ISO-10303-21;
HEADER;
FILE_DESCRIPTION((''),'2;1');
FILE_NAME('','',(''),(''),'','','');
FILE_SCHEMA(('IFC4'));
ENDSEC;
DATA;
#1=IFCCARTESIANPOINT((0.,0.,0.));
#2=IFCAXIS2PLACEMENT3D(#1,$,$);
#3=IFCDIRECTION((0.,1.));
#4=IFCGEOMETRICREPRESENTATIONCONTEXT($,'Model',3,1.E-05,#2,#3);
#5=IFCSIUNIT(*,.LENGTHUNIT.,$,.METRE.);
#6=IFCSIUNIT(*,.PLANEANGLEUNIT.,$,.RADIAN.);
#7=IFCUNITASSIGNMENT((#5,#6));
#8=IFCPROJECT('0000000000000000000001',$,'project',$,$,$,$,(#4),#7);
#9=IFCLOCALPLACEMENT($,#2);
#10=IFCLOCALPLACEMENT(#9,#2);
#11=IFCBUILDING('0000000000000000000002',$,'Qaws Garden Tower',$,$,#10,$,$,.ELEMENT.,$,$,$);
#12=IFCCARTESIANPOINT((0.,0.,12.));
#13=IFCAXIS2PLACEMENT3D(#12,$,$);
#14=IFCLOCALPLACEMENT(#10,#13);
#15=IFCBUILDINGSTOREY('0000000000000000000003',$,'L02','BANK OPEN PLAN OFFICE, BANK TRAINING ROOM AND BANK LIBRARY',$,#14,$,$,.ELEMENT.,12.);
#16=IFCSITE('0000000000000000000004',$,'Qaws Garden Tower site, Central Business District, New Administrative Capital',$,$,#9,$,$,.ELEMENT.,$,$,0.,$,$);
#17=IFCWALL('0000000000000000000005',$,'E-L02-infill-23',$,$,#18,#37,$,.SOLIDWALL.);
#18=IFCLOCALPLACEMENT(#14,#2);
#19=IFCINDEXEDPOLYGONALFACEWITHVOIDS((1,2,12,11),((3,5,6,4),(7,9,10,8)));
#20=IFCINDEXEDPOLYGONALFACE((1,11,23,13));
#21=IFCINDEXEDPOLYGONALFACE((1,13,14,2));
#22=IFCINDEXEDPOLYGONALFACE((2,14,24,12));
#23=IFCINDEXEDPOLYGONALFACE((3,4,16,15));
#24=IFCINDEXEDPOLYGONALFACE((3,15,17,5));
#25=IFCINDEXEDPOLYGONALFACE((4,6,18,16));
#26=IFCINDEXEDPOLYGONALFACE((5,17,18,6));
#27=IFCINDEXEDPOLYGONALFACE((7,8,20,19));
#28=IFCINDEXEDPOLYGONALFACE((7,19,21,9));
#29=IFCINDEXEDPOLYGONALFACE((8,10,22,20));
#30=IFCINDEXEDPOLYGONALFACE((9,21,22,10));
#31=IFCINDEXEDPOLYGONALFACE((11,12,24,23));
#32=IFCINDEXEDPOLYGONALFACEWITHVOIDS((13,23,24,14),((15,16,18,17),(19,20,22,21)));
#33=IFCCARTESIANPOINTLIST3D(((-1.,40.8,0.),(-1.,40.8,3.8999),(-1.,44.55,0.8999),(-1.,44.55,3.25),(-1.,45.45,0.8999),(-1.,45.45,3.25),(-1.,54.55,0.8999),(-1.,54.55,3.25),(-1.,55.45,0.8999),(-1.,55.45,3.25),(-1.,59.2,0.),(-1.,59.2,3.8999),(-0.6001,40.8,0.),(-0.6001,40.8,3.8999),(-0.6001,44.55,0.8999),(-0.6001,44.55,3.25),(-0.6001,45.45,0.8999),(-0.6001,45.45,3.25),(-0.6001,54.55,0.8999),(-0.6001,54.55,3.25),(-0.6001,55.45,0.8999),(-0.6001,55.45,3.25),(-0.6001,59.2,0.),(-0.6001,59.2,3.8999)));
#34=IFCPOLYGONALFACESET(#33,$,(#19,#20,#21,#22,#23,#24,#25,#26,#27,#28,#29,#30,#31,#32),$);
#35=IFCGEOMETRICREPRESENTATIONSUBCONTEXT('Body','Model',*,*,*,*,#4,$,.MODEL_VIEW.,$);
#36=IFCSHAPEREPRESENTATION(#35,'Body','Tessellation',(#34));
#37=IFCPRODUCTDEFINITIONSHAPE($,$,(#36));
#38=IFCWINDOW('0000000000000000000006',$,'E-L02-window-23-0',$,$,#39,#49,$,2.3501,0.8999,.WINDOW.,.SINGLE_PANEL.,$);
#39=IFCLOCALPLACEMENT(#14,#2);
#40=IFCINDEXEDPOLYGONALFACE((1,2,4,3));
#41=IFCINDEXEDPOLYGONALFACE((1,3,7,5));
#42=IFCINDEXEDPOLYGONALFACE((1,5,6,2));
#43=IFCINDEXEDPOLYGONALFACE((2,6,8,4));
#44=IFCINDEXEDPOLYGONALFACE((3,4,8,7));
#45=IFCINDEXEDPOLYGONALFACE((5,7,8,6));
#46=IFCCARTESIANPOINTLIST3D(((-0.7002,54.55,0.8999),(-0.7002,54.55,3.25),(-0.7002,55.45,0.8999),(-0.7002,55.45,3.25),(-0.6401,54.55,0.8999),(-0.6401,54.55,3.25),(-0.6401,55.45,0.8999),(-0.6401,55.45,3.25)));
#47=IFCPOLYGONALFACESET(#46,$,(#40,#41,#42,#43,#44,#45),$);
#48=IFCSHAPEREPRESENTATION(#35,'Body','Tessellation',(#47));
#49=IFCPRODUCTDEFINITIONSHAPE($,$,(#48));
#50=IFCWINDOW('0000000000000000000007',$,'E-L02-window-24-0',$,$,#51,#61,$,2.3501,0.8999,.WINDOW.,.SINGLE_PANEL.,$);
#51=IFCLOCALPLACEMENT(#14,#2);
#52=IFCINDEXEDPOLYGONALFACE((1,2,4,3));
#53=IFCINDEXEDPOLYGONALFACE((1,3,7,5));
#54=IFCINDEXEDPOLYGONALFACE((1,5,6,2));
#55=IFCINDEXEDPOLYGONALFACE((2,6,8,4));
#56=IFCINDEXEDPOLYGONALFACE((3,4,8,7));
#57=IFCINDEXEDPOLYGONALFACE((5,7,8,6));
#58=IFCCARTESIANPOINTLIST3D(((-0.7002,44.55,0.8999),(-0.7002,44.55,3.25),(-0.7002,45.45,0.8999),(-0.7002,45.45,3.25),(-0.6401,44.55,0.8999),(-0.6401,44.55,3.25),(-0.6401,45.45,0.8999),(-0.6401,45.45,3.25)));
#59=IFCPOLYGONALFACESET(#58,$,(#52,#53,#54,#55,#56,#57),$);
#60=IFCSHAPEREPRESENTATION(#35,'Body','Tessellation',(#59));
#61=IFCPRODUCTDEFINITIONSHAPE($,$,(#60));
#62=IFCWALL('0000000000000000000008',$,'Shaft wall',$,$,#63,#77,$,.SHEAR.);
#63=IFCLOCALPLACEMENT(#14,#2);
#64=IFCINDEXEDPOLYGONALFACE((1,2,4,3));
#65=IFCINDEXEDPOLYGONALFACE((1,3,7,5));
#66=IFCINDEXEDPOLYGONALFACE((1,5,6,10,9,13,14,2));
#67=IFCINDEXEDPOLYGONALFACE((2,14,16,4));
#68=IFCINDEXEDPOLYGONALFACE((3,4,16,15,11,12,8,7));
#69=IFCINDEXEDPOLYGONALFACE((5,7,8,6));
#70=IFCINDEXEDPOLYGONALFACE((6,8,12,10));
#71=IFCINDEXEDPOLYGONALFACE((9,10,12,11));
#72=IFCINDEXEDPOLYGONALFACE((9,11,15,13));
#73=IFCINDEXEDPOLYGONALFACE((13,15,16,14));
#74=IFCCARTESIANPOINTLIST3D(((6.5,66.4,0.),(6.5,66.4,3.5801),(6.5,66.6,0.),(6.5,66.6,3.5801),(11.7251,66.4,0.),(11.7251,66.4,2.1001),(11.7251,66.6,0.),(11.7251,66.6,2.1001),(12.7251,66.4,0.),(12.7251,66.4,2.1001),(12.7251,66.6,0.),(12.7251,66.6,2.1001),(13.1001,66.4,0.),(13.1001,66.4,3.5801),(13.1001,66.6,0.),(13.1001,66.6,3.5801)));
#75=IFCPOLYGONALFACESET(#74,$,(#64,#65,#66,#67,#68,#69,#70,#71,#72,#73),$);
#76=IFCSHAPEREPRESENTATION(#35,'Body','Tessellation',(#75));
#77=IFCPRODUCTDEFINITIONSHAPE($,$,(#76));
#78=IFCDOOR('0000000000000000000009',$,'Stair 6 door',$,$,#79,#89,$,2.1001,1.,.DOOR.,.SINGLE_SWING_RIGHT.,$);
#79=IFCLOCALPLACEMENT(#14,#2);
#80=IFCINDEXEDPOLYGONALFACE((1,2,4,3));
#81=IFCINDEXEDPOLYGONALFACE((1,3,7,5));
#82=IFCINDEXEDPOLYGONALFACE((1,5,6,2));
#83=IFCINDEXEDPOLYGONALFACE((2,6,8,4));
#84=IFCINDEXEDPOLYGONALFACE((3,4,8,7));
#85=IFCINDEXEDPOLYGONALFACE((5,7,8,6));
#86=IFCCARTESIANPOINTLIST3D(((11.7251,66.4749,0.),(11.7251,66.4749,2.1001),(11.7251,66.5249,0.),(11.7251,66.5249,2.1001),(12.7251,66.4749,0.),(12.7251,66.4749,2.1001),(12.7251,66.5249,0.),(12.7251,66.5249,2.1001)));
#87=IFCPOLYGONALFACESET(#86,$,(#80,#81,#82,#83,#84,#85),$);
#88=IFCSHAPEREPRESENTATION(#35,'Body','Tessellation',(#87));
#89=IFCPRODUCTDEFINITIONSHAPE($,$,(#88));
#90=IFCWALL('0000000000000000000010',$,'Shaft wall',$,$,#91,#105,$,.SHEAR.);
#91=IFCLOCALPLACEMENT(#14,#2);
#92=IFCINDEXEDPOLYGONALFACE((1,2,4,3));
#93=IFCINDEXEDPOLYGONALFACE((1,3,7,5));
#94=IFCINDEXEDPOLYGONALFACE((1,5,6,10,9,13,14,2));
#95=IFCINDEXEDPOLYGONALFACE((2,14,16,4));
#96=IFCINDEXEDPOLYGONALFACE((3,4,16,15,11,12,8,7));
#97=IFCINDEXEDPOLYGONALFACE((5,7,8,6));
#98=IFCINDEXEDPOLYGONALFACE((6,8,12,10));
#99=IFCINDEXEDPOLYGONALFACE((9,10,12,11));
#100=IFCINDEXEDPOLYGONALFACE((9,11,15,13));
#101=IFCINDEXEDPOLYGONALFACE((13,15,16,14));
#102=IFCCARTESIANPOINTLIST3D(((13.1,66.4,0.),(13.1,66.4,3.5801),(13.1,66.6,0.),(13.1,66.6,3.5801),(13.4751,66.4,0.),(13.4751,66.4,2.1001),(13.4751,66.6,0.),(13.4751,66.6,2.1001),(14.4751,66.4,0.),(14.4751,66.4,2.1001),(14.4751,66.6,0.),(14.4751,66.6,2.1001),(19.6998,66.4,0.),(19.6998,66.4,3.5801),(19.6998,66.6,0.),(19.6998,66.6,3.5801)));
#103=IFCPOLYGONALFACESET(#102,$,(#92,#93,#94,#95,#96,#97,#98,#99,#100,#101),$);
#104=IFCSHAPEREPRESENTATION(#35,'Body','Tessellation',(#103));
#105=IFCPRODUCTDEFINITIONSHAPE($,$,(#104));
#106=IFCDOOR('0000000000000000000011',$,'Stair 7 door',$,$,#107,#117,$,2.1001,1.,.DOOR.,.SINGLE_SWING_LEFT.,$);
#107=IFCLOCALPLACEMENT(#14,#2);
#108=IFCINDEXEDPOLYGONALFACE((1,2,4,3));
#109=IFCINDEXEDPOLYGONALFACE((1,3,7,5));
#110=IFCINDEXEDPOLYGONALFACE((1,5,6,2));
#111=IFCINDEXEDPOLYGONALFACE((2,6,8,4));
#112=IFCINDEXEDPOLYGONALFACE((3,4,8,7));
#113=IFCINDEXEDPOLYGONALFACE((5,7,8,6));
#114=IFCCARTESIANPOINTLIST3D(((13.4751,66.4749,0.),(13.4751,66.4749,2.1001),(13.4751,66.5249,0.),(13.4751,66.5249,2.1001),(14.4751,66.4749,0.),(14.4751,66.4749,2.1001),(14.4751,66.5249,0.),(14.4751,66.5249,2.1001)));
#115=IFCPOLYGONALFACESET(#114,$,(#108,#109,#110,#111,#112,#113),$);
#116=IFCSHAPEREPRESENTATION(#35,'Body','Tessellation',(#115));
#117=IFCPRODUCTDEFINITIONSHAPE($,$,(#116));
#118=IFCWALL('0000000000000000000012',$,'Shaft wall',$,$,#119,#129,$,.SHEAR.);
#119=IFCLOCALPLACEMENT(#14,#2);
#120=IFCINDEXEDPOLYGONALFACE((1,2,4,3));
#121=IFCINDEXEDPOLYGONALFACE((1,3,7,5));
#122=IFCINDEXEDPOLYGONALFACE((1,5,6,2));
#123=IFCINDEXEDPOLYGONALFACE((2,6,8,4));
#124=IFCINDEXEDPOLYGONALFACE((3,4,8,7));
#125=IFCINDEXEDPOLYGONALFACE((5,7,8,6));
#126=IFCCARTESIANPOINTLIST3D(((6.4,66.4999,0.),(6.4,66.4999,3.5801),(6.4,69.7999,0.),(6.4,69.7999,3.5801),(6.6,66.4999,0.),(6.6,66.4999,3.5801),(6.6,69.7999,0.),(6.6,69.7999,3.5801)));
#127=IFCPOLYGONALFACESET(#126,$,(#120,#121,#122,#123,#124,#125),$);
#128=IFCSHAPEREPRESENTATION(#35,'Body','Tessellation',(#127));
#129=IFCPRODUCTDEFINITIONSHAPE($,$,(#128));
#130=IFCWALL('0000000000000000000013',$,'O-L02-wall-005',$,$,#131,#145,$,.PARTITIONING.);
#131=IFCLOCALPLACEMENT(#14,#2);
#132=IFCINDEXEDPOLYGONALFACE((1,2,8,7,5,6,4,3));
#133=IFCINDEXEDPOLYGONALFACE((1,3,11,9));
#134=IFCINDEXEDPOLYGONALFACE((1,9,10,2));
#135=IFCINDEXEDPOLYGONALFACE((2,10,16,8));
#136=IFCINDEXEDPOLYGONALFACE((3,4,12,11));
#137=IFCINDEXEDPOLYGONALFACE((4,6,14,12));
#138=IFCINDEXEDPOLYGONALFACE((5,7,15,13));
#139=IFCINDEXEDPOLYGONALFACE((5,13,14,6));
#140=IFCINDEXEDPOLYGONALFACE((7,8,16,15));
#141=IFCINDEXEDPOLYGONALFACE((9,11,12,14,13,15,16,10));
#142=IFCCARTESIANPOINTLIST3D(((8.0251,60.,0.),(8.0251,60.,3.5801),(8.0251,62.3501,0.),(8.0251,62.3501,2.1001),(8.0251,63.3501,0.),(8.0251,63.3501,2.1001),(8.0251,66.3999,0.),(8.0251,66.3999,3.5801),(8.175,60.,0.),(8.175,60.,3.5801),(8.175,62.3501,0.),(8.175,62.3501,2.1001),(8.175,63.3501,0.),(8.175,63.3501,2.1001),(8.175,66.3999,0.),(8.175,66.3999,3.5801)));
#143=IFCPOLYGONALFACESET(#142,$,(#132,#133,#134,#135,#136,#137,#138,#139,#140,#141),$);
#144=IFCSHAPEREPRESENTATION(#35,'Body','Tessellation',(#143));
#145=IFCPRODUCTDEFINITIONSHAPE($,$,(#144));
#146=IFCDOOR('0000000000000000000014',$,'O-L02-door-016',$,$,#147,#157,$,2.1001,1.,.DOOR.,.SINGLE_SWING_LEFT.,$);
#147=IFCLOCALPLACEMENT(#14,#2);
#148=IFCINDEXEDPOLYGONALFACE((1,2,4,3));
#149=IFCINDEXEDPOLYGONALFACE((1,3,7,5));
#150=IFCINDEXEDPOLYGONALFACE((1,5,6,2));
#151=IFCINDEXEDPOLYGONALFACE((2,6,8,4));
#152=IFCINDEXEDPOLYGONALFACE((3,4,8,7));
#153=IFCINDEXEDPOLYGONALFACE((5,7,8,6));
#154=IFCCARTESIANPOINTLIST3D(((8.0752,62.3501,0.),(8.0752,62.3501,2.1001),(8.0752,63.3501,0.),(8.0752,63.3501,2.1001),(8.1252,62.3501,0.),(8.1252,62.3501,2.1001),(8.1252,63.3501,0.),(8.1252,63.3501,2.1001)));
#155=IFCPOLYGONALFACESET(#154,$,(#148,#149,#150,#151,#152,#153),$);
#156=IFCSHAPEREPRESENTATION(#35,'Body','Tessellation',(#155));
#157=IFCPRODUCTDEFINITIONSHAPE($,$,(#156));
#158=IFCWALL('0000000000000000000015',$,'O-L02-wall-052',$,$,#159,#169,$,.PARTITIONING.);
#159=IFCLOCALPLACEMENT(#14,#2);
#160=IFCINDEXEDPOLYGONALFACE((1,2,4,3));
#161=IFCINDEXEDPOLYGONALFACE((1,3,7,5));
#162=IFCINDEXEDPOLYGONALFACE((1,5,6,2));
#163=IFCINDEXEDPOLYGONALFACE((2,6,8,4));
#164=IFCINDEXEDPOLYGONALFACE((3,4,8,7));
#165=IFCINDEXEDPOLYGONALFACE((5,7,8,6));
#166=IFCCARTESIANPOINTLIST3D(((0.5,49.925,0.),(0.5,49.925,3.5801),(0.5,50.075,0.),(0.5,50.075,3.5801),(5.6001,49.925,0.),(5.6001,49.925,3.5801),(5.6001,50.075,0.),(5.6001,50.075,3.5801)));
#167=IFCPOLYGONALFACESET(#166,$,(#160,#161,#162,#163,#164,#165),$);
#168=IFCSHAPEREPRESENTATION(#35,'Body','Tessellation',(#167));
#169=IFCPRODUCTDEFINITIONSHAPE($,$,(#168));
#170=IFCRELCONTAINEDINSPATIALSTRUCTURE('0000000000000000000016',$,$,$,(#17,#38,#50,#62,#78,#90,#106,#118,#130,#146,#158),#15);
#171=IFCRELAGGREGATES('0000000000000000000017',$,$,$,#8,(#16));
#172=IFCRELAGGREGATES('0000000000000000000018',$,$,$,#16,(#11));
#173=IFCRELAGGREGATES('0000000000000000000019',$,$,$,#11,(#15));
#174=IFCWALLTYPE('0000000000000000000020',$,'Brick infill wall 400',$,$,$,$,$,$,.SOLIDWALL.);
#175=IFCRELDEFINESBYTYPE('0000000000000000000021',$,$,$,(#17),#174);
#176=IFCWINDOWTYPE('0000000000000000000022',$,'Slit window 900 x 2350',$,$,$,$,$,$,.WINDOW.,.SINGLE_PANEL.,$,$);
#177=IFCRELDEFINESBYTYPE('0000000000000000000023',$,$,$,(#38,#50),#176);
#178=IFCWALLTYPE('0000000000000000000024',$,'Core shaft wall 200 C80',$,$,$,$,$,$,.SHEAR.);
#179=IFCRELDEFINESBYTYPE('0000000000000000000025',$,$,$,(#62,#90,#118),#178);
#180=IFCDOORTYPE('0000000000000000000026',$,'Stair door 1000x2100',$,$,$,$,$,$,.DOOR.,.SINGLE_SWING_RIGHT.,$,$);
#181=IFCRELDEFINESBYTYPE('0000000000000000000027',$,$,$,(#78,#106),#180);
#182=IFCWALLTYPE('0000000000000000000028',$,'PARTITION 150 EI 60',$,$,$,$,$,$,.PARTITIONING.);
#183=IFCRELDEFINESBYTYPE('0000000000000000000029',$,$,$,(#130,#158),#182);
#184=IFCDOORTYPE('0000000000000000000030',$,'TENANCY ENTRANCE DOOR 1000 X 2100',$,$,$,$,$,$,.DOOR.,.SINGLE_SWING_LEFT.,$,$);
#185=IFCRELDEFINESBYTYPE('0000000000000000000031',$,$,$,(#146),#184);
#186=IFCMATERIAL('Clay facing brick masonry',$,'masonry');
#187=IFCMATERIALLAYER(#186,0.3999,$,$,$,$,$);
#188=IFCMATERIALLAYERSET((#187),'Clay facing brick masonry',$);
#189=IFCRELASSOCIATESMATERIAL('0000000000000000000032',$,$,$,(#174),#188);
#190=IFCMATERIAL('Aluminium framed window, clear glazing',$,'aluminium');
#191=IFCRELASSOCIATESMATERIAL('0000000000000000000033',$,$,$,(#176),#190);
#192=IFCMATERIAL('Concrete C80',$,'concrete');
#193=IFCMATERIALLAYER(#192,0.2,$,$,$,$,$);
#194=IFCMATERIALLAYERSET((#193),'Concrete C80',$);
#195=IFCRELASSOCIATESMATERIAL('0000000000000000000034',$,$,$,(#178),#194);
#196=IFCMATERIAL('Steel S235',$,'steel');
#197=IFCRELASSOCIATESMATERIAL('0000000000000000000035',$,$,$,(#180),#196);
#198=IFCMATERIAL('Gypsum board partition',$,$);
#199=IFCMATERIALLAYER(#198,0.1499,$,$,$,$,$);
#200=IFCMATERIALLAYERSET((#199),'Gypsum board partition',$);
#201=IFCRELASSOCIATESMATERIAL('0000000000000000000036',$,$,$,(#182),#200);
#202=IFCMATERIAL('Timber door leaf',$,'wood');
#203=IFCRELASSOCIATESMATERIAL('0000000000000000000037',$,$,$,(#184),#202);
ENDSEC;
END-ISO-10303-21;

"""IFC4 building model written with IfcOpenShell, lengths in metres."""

from ifc_helpers import new_model, si_unit, direction, frame, frame_2d, origin, place, context, subcontext, project, spatial, rectangle, extrude, material, layer, layer_set, type_object, element, fill, save


model = new_model("IFC4")

# Units and contexts
model_context = context("Model", 3, precision=1e-05, world=origin(), true_north=direction((0.0, 1.0)))
body_context = subcontext(model_context, "Body", "Model", "MODEL_VIEW")
ifc_project = project(units=[si_unit("LENGTHUNIT", "METRE"), si_unit("PLANEANGLEUNIT", "RADIAN")], contexts=[model_context])

# Site, building, storey
site_placement = place(None, origin())
site = spatial("IfcSite", under=ifc_project, at=site_placement, Name="Qaws Garden Tower site, Central Business District, New Administrative Capital", CompositionType="ELEMENT", RefElevation=0.0)
building_placement = place(site_placement, origin())
building = spatial("IfcBuilding", under=site, at=building_placement, Name="Qaws Garden Tower", CompositionType="ELEMENT")
storey_placement = place(building_placement, frame((0.0, 0.0, 12.0)))
storey = spatial("IfcBuildingStorey", under=building, at=storey_placement, Name="L02", Description="BANK OPEN PLAN OFFICE, BANK TRAINING ROOM AND BANK LIBRARY", CompositionType="ELEMENT", Elevation=12.0)

# Shared definitions
ifc_material_1 = material(Name="Clay facing brick masonry", Category="masonry")
ifc_layer_1 = layer(ifc_material_1, 0.3999)
ifc_layer_set_1 = layer_set([ifc_layer_1], Name="Clay facing brick masonry")
wall_type_1 = type_object("IfcWallType", Name="Brick infill wall 400", PredefinedType="SOLIDWALL", material=ifc_layer_set_1)

# Wall, openings, windows
wall_1_placement = place(storey_placement, frame((-0.8, 59.2, 0.0), z_axis=(0.0, 0.0, 1.0), x_axis=(0.0, -1.0, 0.0)))
wall_1 = element("IfcWall", 1, at=wall_1_placement, inside=storey, type_object=wall_type_1, Name="E-L02-infill-23", PredefinedType="SOLIDWALL", context=body_context, shape_type="SweptSolid", body=[
    extrude(rectangle(XDim=18.3999, YDim=0.3999, at=frame_2d((9.2, 0.0))), origin(), (0.0, 0.0, 1.0), 3.8999),
])
opening_1_placement = place(wall_1_placement, frame((3.75, 0.0, 0.8999)))
opening_1 = element("IfcOpeningElement", 2, at=opening_1_placement, cuts=wall_1, PredefinedType="OPENING", context=body_context, shape_type="SweptSolid", body=[
    extrude(rectangle(XDim=0.8999, YDim=2.3501, at=frame_2d((0.45, 1.175))), frame((0.0, 0.21, 0.0), z_axis=(0.0, -1.0, 0.0), x_axis=(1.0, 0.0, 0.0)), (0.0, 0.0, 1.0), 0.4199),
])
opening_2_placement = place(wall_1_placement, frame((13.75, 0.0, 0.8999)))
opening_2 = element("IfcOpeningElement", 3, at=opening_2_placement, cuts=wall_1, PredefinedType="OPENING", context=body_context, shape_type="SweptSolid", body=[
    extrude(rectangle(XDim=0.8999, YDim=2.3501, at=frame_2d((0.45, 1.175))), frame((0.0, 0.21, 0.0), z_axis=(0.0, -1.0, 0.0), x_axis=(1.0, 0.0, 0.0)), (0.0, 0.0, 1.0), 0.4199),
])
ifc_material_2 = material(Name="Aluminium framed window, clear glazing", Category="aluminium")
window_type_1 = type_object("IfcWindowType", Name="Slit window 900 x 2350", PartitioningType="SINGLE_PANEL", PredefinedType="WINDOW", material=ifc_material_2)
window_1_placement = place(opening_1_placement, origin())
window_1 = element("IfcWindow", 4, at=window_1_placement, inside=storey, type_object=window_type_1, Name="E-L02-window-23-0", OverallHeight=2.3501, OverallWidth=0.8999, PartitioningType="SINGLE_PANEL", PredefinedType="WINDOW", context=body_context, shape_type="SweptSolid", body=[
    extrude(rectangle(XDim=0.8999, YDim=2.3501, at=frame_2d((0.45, 1.175))), frame((0.0, 0.1599, 0.0), z_axis=(0.0, -1.0, 0.0), x_axis=(1.0, 0.0, 0.0)), (0.0, 0.0, 1.0), 0.0601),
])
fill(opening_1, window_1)
window_2_placement = place(opening_2_placement, origin())
window_2 = element("IfcWindow", 5, at=window_2_placement, inside=storey, type_object=window_type_1, Name="E-L02-window-24-0", OverallHeight=2.3501, OverallWidth=0.8999, PartitioningType="SINGLE_PANEL", PredefinedType="WINDOW", context=body_context, shape_type="SweptSolid", body=[
    extrude(rectangle(XDim=0.8999, YDim=2.3501, at=frame_2d((0.45, 1.175))), frame((0.0, 0.1599, 0.0), z_axis=(0.0, -1.0, 0.0), x_axis=(1.0, 0.0, 0.0)), (0.0, 0.0, 1.0), 0.0601),
])
fill(opening_2, window_2)

# Walls, openings, doors
ifc_material_3 = material(Name="Concrete C80", Category="concrete")
ifc_layer_2 = layer(ifc_material_3, 0.2)
ifc_layer_set_2 = layer_set([ifc_layer_2], Name="Concrete C80")
wall_type_2 = type_object("IfcWallType", Name="Core shaft wall 200 C80", PredefinedType="SHEAR", material=ifc_layer_set_2)
wall_2_placement = place(storey_placement, frame((6.5, 66.5, 0.0), z_axis=(0.0, 0.0, 1.0), x_axis=(1.0, 0.0, 0.0)))
wall_2 = element("IfcWall", 6, at=wall_2_placement, inside=storey, type_object=wall_type_2, Name="Shaft wall", PredefinedType="SHEAR", context=body_context, shape_type="SweptSolid", body=[
    extrude(rectangle(XDim=6.6001, YDim=0.2, at=frame_2d((3.3, 0.0))), origin(), (0.0, 0.0, 1.0), 3.5801),
])
opening_3_placement = place(wall_2_placement, frame((5.2251, 0.0, 0.0)))
opening_3 = element("IfcOpeningElement", 7, at=opening_3_placement, cuts=wall_2, PredefinedType="OPENING", context=body_context, shape_type="SweptSolid", body=[
    extrude(rectangle(XDim=1.0, YDim=2.1001, at=frame_2d((0.5, 1.05))), frame((0.0, 0.1099, 0.0), z_axis=(0.0, -1.0, 0.0), x_axis=(1.0, 0.0, 0.0)), (0.0, 0.0, 1.0), 0.22),
])
ifc_material_4 = material(Name="Steel S235", Category="steel")
door_type_1 = type_object("IfcDoorType", Name="Stair door 1000x2100", OperationType="SINGLE_SWING_RIGHT", PredefinedType="DOOR", material=ifc_material_4)
door_1_placement = place(opening_3_placement, origin())
door_1 = element("IfcDoor", 8, at=door_1_placement, inside=storey, type_object=door_type_1, Name="Stair 6 door", OperationType="SINGLE_SWING_RIGHT", OverallHeight=2.1001, OverallWidth=1.0, PredefinedType="DOOR", context=body_context, shape_type="SweptSolid", body=[
    extrude(rectangle(XDim=1.0, YDim=2.1001, at=frame_2d((0.5, 1.05))), frame((0.0, 0.0249, 0.0), z_axis=(0.0, -1.0, 0.0), x_axis=(1.0, 0.0, 0.0)), (0.0, 0.0, 1.0), 0.05),
])
fill(opening_3, door_1)
wall_3_placement = place(storey_placement, frame((13.1001, 66.5, 0.0), z_axis=(0.0, 0.0, 1.0), x_axis=(1.0, 0.0, 0.0)))
wall_3 = element("IfcWall", 9, at=wall_3_placement, inside=storey, type_object=wall_type_2, Name="Shaft wall", PredefinedType="SHEAR", context=body_context, shape_type="SweptSolid", body=[
    extrude(rectangle(XDim=6.5999, YDim=0.2, at=frame_2d((3.2998, 0.0))), origin(), (0.0, 0.0, 1.0), 3.5801),
])
opening_4_placement = place(wall_3_placement, frame((0.375, 0.0, 0.0)))
opening_4 = element("IfcOpeningElement", 10, at=opening_4_placement, cuts=wall_3, PredefinedType="OPENING", context=body_context, shape_type="SweptSolid", body=[
    extrude(rectangle(XDim=1.0, YDim=2.1001, at=frame_2d((0.5, 1.05))), frame((0.0, 0.1099, 0.0), z_axis=(0.0, -1.0, 0.0), x_axis=(1.0, 0.0, 0.0)), (0.0, 0.0, 1.0), 0.22),
])
door_2_placement = place(opening_4_placement, origin())
door_2 = element("IfcDoor", 11, at=door_2_placement, inside=storey, type_object=door_type_1, Name="Stair 7 door", OperationType="SINGLE_SWING_LEFT", OverallHeight=2.1001, OverallWidth=1.0, PredefinedType="DOOR", context=body_context, shape_type="SweptSolid", body=[
    extrude(rectangle(XDim=1.0, YDim=2.1001, at=frame_2d((0.5, 1.05))), frame((0.0, 0.0249, 0.0), z_axis=(0.0, -1.0, 0.0), x_axis=(1.0, 0.0, 0.0)), (0.0, 0.0, 1.0), 0.05),
])
fill(opening_4, door_2)

# Wall
wall_4_placement = place(storey_placement, frame((6.5, 66.5, 0.0), z_axis=(0.0, 0.0, 1.0), x_axis=(0.0, 1.0, 0.0)))
element("IfcWall", 12, at=wall_4_placement, inside=storey, type_object=wall_type_2, Name="Shaft wall", PredefinedType="SHEAR", context=body_context, shape_type="SweptSolid", body=[
    extrude(rectangle(XDim=3.3, YDim=0.2, at=frame_2d((1.6499, 0.0))), origin(), (0.0, 0.0, 1.0), 3.5801),
])

# Wall, opening, door
ifc_material_5 = material(Name="Gypsum board partition")
ifc_layer_3 = layer(ifc_material_5, 0.1499)
ifc_layer_set_3 = layer_set([ifc_layer_3], Name="Gypsum board partition")
wall_type_3 = type_object("IfcWallType", Name="PARTITION 150 EI 60", PredefinedType="PARTITIONING", material=ifc_layer_set_3)
wall_5_placement = place(storey_placement, frame((8.1001, 60.0, 0.0), z_axis=(0.0, 0.0, 1.0), x_axis=(0.0, 1.0, 0.0)))
wall_5 = element("IfcWall", 13, at=wall_5_placement, inside=storey, type_object=wall_type_3, Name="O-L02-wall-005", PredefinedType="PARTITIONING", context=body_context, shape_type="SweptSolid", body=[
    extrude(rectangle(XDim=6.3999, YDim=0.1499, at=frame_2d((3.2, 0.0))), origin(), (0.0, 0.0, 1.0), 3.5801),
])
opening_5_placement = place(wall_5_placement, frame((2.3501, 0.0, 0.0)))
opening_5 = element("IfcOpeningElement", 14, at=opening_5_placement, cuts=wall_5, PredefinedType="OPENING", context=body_context, shape_type="SweptSolid", body=[
    extrude(rectangle(XDim=1.0, YDim=2.1001, at=frame_2d((0.5, 1.05))), frame((0.0, 0.085, 0.0), z_axis=(0.0, -1.0, 0.0), x_axis=(1.0, 0.0, 0.0)), (0.0, 0.0, 1.0), 0.1699),
])
ifc_material_6 = material(Name="Timber door leaf", Category="wood")
door_type_2 = type_object("IfcDoorType", Name="TENANCY ENTRANCE DOOR 1000 X 2100", OperationType="SINGLE_SWING_LEFT", PredefinedType="DOOR", material=ifc_material_6)
door_3_placement = place(opening_5_placement, origin())
door_3 = element("IfcDoor", 15, at=door_3_placement, inside=storey, type_object=door_type_2, Name="O-L02-door-016", OperationType="SINGLE_SWING_LEFT", OverallHeight=2.1001, OverallWidth=1.0, PredefinedType="DOOR", context=body_context, shape_type="SweptSolid", body=[
    extrude(rectangle(XDim=1.0, YDim=2.1001, at=frame_2d((0.5, 1.05))), frame((0.0, 0.0249, 0.0), z_axis=(0.0, -1.0, 0.0), x_axis=(1.0, 0.0, 0.0)), (0.0, 0.0, 1.0), 0.05),
])
fill(opening_5, door_3)

# Wall
wall_6_placement = place(storey_placement, frame((0.5, 50.0, 0.0), z_axis=(0.0, 0.0, 1.0), x_axis=(1.0, 0.0, 0.0)))
element("IfcWall", 16, at=wall_6_placement, inside=storey, type_object=wall_type_3, Name="O-L02-wall-052", PredefinedType="PARTITIONING", context=body_context, shape_type="SweptSolid", body=[
    extrude(rectangle(XDim=5.1001, YDim=0.1499, at=frame_2d((2.55, 0.0))), origin(), (0.0, 0.0, 1.0), 3.5801),
])

save(model, "model.ifc")
